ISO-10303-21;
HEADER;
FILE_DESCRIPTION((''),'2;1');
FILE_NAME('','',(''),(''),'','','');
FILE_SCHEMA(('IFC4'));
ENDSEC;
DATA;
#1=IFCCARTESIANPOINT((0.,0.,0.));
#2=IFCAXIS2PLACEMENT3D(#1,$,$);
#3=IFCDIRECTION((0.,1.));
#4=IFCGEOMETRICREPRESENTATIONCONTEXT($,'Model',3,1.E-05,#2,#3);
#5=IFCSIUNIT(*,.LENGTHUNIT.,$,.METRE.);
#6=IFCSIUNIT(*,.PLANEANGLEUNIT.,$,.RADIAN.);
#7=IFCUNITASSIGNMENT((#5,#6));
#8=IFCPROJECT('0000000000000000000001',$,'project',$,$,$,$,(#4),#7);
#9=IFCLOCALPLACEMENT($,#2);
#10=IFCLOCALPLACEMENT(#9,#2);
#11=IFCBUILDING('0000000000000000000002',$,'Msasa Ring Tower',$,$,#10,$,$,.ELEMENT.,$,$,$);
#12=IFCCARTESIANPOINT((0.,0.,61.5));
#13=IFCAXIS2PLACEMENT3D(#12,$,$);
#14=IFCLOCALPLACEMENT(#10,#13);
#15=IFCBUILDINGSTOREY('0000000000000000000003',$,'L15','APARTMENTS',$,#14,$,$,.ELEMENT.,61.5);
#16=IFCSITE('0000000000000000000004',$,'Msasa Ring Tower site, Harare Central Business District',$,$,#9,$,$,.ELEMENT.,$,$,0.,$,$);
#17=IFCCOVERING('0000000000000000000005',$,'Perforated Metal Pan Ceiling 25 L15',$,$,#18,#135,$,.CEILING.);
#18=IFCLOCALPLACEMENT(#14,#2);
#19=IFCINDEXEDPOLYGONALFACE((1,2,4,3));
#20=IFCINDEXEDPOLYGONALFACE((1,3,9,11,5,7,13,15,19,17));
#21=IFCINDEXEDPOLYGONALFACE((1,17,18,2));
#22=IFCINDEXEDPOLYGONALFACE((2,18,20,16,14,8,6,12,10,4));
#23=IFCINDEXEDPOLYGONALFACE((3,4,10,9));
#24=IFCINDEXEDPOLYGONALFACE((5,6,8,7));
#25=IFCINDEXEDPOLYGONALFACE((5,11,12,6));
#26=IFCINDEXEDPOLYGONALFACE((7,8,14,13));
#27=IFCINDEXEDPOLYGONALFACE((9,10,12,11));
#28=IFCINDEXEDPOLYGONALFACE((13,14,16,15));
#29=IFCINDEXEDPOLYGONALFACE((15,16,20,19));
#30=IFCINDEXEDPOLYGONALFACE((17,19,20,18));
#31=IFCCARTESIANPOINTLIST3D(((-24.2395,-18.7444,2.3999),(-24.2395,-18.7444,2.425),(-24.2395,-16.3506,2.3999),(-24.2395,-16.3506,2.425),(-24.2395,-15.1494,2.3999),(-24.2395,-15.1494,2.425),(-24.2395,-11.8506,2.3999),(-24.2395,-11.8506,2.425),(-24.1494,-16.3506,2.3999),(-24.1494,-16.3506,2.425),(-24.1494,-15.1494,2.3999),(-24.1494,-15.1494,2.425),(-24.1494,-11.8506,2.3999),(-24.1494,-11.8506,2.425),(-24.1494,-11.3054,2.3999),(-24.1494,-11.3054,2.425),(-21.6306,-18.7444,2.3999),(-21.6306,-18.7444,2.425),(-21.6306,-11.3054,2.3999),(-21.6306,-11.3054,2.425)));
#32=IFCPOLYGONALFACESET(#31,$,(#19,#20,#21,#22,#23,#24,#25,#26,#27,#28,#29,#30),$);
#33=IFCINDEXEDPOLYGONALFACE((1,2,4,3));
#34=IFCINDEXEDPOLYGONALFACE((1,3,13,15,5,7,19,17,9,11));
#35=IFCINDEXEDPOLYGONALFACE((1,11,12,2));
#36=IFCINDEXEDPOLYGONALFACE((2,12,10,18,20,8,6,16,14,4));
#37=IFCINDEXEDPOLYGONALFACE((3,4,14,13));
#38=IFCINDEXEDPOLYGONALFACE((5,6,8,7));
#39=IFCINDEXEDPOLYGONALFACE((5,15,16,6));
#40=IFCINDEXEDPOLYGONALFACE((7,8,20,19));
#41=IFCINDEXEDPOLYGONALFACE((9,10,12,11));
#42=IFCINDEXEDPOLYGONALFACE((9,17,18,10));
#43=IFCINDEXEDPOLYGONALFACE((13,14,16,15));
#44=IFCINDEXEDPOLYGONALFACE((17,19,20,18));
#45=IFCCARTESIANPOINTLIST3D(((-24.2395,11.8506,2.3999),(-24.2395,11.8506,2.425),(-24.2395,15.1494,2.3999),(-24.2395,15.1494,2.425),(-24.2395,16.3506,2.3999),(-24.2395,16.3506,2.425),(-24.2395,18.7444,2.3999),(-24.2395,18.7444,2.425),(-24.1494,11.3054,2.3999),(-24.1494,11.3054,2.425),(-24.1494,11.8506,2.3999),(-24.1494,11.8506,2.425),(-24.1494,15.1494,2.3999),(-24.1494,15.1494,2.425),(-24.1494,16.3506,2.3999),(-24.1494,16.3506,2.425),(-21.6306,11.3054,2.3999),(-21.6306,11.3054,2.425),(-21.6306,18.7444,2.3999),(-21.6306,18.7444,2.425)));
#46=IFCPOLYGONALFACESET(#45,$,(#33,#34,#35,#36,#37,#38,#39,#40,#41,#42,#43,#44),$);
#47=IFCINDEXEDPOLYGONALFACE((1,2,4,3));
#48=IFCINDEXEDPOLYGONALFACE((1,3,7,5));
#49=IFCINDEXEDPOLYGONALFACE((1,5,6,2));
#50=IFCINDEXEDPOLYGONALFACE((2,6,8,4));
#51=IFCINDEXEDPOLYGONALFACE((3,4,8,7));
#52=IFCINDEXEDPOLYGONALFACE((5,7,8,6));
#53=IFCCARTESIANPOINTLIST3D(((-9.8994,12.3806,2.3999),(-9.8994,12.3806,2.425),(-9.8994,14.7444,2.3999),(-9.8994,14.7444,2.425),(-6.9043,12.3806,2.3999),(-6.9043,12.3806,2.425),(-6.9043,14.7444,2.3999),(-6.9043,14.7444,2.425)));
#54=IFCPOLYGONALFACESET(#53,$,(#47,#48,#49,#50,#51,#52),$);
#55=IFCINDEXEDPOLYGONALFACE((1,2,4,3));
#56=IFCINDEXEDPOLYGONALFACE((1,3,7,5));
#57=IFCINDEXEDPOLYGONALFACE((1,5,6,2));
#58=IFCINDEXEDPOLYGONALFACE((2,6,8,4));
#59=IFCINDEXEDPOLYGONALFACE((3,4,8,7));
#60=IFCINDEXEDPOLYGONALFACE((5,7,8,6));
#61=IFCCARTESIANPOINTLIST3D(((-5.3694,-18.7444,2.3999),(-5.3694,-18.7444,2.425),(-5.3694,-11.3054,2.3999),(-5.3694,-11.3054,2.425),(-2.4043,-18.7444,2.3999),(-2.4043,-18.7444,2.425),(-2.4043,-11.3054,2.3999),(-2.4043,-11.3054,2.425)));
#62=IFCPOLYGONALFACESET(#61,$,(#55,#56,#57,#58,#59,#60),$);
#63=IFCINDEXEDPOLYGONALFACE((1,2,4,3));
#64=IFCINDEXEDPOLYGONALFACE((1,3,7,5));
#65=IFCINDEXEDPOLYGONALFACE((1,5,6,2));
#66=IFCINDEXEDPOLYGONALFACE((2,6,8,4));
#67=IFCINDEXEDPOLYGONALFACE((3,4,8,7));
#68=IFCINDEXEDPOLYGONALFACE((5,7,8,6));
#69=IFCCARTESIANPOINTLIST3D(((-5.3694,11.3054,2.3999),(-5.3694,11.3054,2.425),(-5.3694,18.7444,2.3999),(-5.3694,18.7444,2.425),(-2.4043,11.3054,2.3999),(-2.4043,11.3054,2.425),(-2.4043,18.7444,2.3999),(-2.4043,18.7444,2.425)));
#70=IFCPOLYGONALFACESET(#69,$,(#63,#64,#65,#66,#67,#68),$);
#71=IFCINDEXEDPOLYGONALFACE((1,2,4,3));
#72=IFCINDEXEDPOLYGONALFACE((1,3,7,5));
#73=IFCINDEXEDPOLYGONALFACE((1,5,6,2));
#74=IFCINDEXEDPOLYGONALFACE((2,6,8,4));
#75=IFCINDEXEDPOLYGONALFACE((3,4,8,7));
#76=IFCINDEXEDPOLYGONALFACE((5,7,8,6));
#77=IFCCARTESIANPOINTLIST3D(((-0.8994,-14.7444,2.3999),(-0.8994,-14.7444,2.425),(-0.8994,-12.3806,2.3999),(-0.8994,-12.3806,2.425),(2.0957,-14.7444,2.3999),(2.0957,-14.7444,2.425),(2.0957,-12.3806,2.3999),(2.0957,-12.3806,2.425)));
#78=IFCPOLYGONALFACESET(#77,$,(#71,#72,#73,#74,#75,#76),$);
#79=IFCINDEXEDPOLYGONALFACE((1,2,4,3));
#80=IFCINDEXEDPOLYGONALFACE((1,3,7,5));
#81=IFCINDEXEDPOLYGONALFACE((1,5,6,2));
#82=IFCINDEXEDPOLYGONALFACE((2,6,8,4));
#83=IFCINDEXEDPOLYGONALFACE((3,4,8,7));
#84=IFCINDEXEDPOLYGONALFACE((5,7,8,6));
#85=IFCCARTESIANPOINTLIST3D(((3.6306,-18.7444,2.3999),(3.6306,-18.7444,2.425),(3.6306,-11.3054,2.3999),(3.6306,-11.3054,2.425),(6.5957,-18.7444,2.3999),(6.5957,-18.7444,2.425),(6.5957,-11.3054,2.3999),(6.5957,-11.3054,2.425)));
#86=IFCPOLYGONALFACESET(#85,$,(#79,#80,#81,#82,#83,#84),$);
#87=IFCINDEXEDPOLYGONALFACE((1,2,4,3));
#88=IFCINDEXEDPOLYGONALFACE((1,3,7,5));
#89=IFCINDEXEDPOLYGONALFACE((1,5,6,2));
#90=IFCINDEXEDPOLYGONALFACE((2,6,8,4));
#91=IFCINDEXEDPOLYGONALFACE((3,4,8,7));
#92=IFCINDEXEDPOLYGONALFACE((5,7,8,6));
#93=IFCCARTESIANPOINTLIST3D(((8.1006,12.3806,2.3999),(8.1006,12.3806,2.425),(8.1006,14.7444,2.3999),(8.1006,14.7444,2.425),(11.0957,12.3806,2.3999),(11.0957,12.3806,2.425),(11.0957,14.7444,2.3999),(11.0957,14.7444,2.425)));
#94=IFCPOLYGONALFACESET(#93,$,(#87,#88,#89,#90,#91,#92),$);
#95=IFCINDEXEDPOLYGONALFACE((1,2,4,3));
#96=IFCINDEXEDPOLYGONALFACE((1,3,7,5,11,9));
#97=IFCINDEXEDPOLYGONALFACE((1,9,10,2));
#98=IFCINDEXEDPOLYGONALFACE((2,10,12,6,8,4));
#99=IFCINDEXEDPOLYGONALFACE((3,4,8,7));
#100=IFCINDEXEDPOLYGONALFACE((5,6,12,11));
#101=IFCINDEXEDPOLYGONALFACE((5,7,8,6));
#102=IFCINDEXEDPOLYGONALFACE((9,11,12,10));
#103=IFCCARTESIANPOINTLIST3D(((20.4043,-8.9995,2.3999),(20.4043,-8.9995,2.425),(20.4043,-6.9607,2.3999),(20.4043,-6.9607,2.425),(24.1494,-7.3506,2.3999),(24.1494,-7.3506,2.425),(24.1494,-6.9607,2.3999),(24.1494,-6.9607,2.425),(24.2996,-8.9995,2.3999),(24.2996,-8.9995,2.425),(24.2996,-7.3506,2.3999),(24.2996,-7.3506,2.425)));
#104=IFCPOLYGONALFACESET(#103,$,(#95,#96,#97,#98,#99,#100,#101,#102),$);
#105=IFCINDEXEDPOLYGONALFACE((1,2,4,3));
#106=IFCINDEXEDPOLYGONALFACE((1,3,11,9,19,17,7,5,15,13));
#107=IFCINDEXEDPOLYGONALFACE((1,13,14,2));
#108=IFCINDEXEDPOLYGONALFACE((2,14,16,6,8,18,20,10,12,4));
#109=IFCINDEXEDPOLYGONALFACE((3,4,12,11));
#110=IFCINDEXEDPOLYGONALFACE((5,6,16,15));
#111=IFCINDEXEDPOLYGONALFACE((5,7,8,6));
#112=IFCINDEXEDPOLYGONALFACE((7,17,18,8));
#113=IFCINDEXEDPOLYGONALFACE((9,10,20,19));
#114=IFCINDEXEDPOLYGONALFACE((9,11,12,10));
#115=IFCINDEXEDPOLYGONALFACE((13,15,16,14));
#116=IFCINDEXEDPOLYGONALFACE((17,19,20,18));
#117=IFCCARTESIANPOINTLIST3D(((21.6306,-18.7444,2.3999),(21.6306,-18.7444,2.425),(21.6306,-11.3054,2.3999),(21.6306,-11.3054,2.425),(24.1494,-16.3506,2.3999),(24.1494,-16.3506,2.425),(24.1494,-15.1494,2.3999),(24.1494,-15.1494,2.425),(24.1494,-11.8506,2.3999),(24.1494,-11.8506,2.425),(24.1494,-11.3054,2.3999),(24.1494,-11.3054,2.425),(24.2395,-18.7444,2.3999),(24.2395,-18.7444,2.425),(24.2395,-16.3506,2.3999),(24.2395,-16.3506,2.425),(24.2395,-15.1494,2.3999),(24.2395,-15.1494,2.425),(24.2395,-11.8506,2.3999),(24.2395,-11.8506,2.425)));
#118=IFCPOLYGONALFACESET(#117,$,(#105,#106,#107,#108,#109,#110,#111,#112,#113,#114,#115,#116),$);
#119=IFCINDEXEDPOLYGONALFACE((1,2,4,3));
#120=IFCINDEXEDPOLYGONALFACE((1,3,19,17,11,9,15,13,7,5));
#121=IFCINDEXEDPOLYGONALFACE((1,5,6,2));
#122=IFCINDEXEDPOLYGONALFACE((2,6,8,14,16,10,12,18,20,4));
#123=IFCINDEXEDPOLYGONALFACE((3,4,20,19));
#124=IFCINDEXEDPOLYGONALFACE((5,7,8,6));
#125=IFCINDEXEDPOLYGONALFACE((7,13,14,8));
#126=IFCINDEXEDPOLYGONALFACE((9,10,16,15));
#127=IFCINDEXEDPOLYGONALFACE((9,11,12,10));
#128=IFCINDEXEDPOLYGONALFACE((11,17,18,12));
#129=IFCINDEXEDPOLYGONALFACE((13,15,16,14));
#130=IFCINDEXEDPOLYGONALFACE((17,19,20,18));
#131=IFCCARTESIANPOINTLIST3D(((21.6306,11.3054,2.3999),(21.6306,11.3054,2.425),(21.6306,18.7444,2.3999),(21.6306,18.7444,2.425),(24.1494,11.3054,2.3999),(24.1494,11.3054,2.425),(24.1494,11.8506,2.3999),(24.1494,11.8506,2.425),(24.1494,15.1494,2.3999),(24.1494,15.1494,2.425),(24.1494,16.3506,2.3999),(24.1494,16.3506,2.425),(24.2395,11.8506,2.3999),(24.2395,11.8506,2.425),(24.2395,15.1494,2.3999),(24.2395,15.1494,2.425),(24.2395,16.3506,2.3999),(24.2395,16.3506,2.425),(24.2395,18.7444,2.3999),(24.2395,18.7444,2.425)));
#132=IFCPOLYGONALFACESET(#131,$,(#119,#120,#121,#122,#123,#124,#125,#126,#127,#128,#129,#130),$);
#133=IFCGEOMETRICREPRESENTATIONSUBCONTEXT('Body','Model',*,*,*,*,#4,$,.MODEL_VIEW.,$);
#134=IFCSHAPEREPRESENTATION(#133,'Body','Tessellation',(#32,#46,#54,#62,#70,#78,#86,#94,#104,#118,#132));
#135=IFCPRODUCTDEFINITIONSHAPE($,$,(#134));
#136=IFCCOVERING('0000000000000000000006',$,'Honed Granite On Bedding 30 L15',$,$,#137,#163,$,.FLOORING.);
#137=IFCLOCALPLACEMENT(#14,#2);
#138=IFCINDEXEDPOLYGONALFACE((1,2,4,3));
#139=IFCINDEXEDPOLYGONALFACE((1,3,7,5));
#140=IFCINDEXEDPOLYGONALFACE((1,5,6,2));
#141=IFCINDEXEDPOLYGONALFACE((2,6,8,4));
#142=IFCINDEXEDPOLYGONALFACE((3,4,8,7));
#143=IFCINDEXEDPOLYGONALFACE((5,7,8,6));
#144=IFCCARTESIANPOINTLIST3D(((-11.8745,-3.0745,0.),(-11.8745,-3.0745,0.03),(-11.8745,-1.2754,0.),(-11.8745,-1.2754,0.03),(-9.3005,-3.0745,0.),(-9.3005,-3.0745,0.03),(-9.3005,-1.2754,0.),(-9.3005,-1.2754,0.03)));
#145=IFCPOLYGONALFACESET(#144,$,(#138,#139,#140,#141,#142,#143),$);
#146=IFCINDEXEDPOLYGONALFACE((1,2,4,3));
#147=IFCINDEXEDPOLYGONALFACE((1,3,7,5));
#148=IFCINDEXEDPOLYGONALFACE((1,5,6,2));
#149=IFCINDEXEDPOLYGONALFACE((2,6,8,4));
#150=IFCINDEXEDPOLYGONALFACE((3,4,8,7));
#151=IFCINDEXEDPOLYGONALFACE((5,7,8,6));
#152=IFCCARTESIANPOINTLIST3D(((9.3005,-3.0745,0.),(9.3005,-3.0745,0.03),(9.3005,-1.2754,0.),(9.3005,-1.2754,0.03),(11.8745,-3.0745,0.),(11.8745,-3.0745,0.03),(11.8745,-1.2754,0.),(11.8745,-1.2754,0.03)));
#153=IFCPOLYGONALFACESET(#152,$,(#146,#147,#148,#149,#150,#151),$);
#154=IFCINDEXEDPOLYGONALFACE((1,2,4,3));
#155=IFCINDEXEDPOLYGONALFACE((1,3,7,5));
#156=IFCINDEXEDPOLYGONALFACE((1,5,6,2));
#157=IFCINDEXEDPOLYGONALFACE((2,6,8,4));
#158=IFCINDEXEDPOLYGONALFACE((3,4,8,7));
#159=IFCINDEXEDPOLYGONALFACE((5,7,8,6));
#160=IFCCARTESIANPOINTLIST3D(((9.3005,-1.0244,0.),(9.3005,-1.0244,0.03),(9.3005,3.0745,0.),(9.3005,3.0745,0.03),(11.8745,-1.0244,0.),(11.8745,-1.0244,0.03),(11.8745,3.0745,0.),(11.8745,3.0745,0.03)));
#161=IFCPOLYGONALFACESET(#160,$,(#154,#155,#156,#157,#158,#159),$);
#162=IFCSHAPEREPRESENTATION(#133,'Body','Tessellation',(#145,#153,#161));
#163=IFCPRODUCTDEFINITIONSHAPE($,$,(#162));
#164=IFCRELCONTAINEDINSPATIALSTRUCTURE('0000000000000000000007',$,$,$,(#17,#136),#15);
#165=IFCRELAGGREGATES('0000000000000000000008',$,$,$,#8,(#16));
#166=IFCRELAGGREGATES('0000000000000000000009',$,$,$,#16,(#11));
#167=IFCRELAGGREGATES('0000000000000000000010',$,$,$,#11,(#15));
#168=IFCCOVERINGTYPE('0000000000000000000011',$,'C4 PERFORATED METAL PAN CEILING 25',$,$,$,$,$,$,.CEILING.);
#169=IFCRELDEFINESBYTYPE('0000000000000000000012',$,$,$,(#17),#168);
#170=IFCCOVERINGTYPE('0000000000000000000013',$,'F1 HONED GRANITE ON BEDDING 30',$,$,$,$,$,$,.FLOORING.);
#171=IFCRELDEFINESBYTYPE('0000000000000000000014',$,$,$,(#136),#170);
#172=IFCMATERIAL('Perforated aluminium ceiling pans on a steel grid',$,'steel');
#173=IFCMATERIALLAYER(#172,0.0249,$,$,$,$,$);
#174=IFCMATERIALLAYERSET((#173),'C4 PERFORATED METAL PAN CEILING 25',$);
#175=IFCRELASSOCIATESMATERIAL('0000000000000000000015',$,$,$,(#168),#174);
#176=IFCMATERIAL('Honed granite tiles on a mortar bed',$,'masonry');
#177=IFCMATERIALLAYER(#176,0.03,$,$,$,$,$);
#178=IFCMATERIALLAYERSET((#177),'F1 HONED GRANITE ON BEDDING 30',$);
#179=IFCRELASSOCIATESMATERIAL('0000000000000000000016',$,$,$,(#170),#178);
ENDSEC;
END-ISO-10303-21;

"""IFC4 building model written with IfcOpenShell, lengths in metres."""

from ifc_helpers import new_model, si_unit, direction, frame, origin, place, context, subcontext, project, spatial, line, indexed_curve, outline, extrude, material, layer, layer_set, type_object, element, save


model = new_model("IFC4")

# Units and contexts
model_context = context("Model", 3, precision=1e-05, world=origin(), true_north=direction((0.0, 1.0)))
body_context = subcontext(model_context, "Body", "Model", "MODEL_VIEW")
ifc_project = project(units=[si_unit("LENGTHUNIT", "METRE"), si_unit("PLANEANGLEUNIT", "RADIAN")], contexts=[model_context])

# Site, building, storey
site_placement = place(None, origin())
site = spatial("IfcSite", under=ifc_project, at=site_placement, Name="Msasa Ring Tower site, Harare Central Business District", CompositionType="ELEMENT", RefElevation=0.0)
building_placement = place(site_placement, origin())
building = spatial("IfcBuilding", under=site, at=building_placement, Name="Msasa Ring Tower", CompositionType="ELEMENT")
storey_placement = place(building_placement, frame((0.0, 0.0, 61.5)))
storey = spatial("IfcBuildingStorey", under=building, at=storey_placement, Name="L15", Description="APARTMENTS", CompositionType="ELEMENT", Elevation=61.5)

# Coverings
ifc_material_1 = material(Name="Perforated aluminium ceiling pans on a steel grid", Category="steel")
ifc_layer_1 = layer(ifc_material_1, 0.0249)
ifc_layer_set_1 = layer_set([ifc_layer_1], Name="C4 PERFORATED METAL PAN CEILING 25")
covering_type_1 = type_object("IfcCoveringType", Name="C4 PERFORATED METAL PAN CEILING 25", PredefinedType="CEILING", material=ifc_layer_set_1)
covering_1_placement = place(storey_placement, frame((0.0, 0.0, 2.3999)))
element("IfcCovering", 1, at=covering_1_placement, inside=storey, type_object=covering_type_1, Name="Perforated Metal Pan Ceiling 25 L15", PredefinedType="CEILING", context=body_context, shape_type="SweptSolid", body=[
    extrude(outline(indexed_curve([(-24.2395, -18.7444), (-24.2395, -16.3506), (-24.1494, -16.3506), (-24.1494, -15.1494), (-24.2395, -15.1494), (-24.2395, -11.8506), (-24.1494, -11.8506), (-24.1494, -11.3054), (-21.6306, -11.3054), (-21.6306, -18.7444)], segments=[line(1, 2, 3, 4, 5, 6, 7, 8, 9, 10, 1)], self_intersect=False)), origin(), (0.0, 0.0, 1.0), 0.0251),
    extrude(outline(indexed_curve([(-24.2395, 15.1494), (-24.1494, 15.1494), (-24.1494, 16.3506), (-24.2395, 16.3506), (-24.2395, 18.7444), (-21.6306, 18.7444), (-21.6306, 11.3054), (-24.1494, 11.3054), (-24.1494, 11.8506), (-24.2395, 11.8506)], segments=[line(1, 2, 3, 4, 5, 6, 7, 8, 9, 10, 1)], self_intersect=False)), origin(), (0.0, 0.0, 1.0), 0.0251),
    extrude(outline(indexed_curve([(-9.8994, 14.7444), (-6.9043, 14.7444), (-6.9043, 12.3806), (-9.8994, 12.3806)], segments=[line(1, 2, 3, 4, 1)], self_intersect=False)), origin(), (0.0, 0.0, 1.0), 0.0251),
    extrude(outline(indexed_curve([(-5.3694, -18.7444), (-5.3694, -11.3054), (-2.4043, -11.3054), (-2.4043, -18.7444)], segments=[line(1, 2, 3, 4, 1)], self_intersect=False)), origin(), (0.0, 0.0, 1.0), 0.0251),
    extrude(outline(indexed_curve([(-5.3694, 11.3054), (-5.3694, 18.7444), (-2.4043, 18.7444), (-2.4043, 11.3054)], segments=[line(1, 2, 3, 4, 1)], self_intersect=False)), origin(), (0.0, 0.0, 1.0), 0.0251),
    extrude(outline(indexed_curve([(-0.8994, -14.7444), (-0.8994, -12.3806), (2.0957, -12.3806), (2.0957, -14.7444)], segments=[line(1, 2, 3, 4, 1)], self_intersect=False)), origin(), (0.0, 0.0, 1.0), 0.0251),
    extrude(outline(indexed_curve([(3.6306, -11.3054), (6.5957, -11.3054), (6.5957, -18.7444), (3.6306, -18.7444)], segments=[line(1, 2, 3, 4, 1)], self_intersect=False)), origin(), (0.0, 0.0, 1.0), 0.0251),
    extrude(outline(indexed_curve([(8.1006, 14.7444), (11.0957, 14.7444), (11.0957, 12.3806), (8.1006, 12.3806)], segments=[line(1, 2, 3, 4, 1)], self_intersect=False)), origin(), (0.0, 0.0, 1.0), 0.0251),
    extrude(outline(indexed_curve([(24.2996, -8.9995), (20.4043, -8.9995), (20.4043, -6.9607), (24.1494, -6.9607), (24.1494, -7.3506), (24.2996, -7.3506)], segments=[line(1, 2, 3, 4, 5, 6, 1)], self_intersect=False)), origin(), (0.0, 0.0, 1.0), 0.0251),
    extrude(outline(indexed_curve([(21.6306, -11.3054), (24.1494, -11.3054), (24.1494, -11.8506), (24.2395, -11.8506), (24.2395, -15.1494), (24.1494, -15.1494), (24.1494, -16.3506), (24.2395, -16.3506), (24.2395, -18.7444), (21.6306, -18.7444)], segments=[line(1, 2, 3, 4, 5, 6, 7, 8, 9, 10, 1)], self_intersect=False)), origin(), (0.0, 0.0, 1.0), 0.0251),
    extrude(outline(indexed_curve([(21.6306, 18.7444), (24.2395, 18.7444), (24.2395, 16.3506), (24.1494, 16.3506), (24.1494, 15.1494), (24.2395, 15.1494), (24.2395, 11.8506), (24.1494, 11.8506), (24.1494, 11.3054), (21.6306, 11.3054)], segments=[line(1, 2, 3, 4, 5, 6, 7, 8, 9, 10, 1)], self_intersect=False)), origin(), (0.0, 0.0, 1.0), 0.0251),
])
ifc_material_2 = material(Name="Honed granite tiles on a mortar bed", Category="masonry")
ifc_layer_2 = layer(ifc_material_2, 0.03)
ifc_layer_set_2 = layer_set([ifc_layer_2], Name="F1 HONED GRANITE ON BEDDING 30")
covering_type_2 = type_object("IfcCoveringType", Name="F1 HONED GRANITE ON BEDDING 30", PredefinedType="FLOORING", material=ifc_layer_set_2)
covering_2_placement = place(storey_placement, origin())
element("IfcCovering", 2, at=covering_2_placement, inside=storey, type_object=covering_type_2, Name="Honed Granite On Bedding 30 L15", PredefinedType="FLOORING", context=body_context, shape_type="SweptSolid", body=[
    extrude(outline(indexed_curve([(-9.3005, -3.0745), (-11.8745, -3.0745), (-11.8745, -1.2754), (-9.3005, -1.2754)], segments=[line(1, 2, 3, 4, 1)], self_intersect=False)), origin(), (0.0, 0.0, 1.0), 0.03),
    extrude(outline(indexed_curve([(9.3005, -3.0745), (9.3005, -1.2754), (11.8745, -1.2754), (11.8745, -3.0745)], segments=[line(1, 2, 3, 4, 1)], self_intersect=False)), origin(), (0.0, 0.0, 1.0), 0.03),
    extrude(outline(indexed_curve([(9.3005, -1.0244), (9.3005, 3.0745), (11.8745, 3.0745), (11.8745, -1.0244)], segments=[line(1, 2, 3, 4, 1)], self_intersect=False)), origin(), (0.0, 0.0, 1.0), 0.03),
])

save(model, "model.ifc")
